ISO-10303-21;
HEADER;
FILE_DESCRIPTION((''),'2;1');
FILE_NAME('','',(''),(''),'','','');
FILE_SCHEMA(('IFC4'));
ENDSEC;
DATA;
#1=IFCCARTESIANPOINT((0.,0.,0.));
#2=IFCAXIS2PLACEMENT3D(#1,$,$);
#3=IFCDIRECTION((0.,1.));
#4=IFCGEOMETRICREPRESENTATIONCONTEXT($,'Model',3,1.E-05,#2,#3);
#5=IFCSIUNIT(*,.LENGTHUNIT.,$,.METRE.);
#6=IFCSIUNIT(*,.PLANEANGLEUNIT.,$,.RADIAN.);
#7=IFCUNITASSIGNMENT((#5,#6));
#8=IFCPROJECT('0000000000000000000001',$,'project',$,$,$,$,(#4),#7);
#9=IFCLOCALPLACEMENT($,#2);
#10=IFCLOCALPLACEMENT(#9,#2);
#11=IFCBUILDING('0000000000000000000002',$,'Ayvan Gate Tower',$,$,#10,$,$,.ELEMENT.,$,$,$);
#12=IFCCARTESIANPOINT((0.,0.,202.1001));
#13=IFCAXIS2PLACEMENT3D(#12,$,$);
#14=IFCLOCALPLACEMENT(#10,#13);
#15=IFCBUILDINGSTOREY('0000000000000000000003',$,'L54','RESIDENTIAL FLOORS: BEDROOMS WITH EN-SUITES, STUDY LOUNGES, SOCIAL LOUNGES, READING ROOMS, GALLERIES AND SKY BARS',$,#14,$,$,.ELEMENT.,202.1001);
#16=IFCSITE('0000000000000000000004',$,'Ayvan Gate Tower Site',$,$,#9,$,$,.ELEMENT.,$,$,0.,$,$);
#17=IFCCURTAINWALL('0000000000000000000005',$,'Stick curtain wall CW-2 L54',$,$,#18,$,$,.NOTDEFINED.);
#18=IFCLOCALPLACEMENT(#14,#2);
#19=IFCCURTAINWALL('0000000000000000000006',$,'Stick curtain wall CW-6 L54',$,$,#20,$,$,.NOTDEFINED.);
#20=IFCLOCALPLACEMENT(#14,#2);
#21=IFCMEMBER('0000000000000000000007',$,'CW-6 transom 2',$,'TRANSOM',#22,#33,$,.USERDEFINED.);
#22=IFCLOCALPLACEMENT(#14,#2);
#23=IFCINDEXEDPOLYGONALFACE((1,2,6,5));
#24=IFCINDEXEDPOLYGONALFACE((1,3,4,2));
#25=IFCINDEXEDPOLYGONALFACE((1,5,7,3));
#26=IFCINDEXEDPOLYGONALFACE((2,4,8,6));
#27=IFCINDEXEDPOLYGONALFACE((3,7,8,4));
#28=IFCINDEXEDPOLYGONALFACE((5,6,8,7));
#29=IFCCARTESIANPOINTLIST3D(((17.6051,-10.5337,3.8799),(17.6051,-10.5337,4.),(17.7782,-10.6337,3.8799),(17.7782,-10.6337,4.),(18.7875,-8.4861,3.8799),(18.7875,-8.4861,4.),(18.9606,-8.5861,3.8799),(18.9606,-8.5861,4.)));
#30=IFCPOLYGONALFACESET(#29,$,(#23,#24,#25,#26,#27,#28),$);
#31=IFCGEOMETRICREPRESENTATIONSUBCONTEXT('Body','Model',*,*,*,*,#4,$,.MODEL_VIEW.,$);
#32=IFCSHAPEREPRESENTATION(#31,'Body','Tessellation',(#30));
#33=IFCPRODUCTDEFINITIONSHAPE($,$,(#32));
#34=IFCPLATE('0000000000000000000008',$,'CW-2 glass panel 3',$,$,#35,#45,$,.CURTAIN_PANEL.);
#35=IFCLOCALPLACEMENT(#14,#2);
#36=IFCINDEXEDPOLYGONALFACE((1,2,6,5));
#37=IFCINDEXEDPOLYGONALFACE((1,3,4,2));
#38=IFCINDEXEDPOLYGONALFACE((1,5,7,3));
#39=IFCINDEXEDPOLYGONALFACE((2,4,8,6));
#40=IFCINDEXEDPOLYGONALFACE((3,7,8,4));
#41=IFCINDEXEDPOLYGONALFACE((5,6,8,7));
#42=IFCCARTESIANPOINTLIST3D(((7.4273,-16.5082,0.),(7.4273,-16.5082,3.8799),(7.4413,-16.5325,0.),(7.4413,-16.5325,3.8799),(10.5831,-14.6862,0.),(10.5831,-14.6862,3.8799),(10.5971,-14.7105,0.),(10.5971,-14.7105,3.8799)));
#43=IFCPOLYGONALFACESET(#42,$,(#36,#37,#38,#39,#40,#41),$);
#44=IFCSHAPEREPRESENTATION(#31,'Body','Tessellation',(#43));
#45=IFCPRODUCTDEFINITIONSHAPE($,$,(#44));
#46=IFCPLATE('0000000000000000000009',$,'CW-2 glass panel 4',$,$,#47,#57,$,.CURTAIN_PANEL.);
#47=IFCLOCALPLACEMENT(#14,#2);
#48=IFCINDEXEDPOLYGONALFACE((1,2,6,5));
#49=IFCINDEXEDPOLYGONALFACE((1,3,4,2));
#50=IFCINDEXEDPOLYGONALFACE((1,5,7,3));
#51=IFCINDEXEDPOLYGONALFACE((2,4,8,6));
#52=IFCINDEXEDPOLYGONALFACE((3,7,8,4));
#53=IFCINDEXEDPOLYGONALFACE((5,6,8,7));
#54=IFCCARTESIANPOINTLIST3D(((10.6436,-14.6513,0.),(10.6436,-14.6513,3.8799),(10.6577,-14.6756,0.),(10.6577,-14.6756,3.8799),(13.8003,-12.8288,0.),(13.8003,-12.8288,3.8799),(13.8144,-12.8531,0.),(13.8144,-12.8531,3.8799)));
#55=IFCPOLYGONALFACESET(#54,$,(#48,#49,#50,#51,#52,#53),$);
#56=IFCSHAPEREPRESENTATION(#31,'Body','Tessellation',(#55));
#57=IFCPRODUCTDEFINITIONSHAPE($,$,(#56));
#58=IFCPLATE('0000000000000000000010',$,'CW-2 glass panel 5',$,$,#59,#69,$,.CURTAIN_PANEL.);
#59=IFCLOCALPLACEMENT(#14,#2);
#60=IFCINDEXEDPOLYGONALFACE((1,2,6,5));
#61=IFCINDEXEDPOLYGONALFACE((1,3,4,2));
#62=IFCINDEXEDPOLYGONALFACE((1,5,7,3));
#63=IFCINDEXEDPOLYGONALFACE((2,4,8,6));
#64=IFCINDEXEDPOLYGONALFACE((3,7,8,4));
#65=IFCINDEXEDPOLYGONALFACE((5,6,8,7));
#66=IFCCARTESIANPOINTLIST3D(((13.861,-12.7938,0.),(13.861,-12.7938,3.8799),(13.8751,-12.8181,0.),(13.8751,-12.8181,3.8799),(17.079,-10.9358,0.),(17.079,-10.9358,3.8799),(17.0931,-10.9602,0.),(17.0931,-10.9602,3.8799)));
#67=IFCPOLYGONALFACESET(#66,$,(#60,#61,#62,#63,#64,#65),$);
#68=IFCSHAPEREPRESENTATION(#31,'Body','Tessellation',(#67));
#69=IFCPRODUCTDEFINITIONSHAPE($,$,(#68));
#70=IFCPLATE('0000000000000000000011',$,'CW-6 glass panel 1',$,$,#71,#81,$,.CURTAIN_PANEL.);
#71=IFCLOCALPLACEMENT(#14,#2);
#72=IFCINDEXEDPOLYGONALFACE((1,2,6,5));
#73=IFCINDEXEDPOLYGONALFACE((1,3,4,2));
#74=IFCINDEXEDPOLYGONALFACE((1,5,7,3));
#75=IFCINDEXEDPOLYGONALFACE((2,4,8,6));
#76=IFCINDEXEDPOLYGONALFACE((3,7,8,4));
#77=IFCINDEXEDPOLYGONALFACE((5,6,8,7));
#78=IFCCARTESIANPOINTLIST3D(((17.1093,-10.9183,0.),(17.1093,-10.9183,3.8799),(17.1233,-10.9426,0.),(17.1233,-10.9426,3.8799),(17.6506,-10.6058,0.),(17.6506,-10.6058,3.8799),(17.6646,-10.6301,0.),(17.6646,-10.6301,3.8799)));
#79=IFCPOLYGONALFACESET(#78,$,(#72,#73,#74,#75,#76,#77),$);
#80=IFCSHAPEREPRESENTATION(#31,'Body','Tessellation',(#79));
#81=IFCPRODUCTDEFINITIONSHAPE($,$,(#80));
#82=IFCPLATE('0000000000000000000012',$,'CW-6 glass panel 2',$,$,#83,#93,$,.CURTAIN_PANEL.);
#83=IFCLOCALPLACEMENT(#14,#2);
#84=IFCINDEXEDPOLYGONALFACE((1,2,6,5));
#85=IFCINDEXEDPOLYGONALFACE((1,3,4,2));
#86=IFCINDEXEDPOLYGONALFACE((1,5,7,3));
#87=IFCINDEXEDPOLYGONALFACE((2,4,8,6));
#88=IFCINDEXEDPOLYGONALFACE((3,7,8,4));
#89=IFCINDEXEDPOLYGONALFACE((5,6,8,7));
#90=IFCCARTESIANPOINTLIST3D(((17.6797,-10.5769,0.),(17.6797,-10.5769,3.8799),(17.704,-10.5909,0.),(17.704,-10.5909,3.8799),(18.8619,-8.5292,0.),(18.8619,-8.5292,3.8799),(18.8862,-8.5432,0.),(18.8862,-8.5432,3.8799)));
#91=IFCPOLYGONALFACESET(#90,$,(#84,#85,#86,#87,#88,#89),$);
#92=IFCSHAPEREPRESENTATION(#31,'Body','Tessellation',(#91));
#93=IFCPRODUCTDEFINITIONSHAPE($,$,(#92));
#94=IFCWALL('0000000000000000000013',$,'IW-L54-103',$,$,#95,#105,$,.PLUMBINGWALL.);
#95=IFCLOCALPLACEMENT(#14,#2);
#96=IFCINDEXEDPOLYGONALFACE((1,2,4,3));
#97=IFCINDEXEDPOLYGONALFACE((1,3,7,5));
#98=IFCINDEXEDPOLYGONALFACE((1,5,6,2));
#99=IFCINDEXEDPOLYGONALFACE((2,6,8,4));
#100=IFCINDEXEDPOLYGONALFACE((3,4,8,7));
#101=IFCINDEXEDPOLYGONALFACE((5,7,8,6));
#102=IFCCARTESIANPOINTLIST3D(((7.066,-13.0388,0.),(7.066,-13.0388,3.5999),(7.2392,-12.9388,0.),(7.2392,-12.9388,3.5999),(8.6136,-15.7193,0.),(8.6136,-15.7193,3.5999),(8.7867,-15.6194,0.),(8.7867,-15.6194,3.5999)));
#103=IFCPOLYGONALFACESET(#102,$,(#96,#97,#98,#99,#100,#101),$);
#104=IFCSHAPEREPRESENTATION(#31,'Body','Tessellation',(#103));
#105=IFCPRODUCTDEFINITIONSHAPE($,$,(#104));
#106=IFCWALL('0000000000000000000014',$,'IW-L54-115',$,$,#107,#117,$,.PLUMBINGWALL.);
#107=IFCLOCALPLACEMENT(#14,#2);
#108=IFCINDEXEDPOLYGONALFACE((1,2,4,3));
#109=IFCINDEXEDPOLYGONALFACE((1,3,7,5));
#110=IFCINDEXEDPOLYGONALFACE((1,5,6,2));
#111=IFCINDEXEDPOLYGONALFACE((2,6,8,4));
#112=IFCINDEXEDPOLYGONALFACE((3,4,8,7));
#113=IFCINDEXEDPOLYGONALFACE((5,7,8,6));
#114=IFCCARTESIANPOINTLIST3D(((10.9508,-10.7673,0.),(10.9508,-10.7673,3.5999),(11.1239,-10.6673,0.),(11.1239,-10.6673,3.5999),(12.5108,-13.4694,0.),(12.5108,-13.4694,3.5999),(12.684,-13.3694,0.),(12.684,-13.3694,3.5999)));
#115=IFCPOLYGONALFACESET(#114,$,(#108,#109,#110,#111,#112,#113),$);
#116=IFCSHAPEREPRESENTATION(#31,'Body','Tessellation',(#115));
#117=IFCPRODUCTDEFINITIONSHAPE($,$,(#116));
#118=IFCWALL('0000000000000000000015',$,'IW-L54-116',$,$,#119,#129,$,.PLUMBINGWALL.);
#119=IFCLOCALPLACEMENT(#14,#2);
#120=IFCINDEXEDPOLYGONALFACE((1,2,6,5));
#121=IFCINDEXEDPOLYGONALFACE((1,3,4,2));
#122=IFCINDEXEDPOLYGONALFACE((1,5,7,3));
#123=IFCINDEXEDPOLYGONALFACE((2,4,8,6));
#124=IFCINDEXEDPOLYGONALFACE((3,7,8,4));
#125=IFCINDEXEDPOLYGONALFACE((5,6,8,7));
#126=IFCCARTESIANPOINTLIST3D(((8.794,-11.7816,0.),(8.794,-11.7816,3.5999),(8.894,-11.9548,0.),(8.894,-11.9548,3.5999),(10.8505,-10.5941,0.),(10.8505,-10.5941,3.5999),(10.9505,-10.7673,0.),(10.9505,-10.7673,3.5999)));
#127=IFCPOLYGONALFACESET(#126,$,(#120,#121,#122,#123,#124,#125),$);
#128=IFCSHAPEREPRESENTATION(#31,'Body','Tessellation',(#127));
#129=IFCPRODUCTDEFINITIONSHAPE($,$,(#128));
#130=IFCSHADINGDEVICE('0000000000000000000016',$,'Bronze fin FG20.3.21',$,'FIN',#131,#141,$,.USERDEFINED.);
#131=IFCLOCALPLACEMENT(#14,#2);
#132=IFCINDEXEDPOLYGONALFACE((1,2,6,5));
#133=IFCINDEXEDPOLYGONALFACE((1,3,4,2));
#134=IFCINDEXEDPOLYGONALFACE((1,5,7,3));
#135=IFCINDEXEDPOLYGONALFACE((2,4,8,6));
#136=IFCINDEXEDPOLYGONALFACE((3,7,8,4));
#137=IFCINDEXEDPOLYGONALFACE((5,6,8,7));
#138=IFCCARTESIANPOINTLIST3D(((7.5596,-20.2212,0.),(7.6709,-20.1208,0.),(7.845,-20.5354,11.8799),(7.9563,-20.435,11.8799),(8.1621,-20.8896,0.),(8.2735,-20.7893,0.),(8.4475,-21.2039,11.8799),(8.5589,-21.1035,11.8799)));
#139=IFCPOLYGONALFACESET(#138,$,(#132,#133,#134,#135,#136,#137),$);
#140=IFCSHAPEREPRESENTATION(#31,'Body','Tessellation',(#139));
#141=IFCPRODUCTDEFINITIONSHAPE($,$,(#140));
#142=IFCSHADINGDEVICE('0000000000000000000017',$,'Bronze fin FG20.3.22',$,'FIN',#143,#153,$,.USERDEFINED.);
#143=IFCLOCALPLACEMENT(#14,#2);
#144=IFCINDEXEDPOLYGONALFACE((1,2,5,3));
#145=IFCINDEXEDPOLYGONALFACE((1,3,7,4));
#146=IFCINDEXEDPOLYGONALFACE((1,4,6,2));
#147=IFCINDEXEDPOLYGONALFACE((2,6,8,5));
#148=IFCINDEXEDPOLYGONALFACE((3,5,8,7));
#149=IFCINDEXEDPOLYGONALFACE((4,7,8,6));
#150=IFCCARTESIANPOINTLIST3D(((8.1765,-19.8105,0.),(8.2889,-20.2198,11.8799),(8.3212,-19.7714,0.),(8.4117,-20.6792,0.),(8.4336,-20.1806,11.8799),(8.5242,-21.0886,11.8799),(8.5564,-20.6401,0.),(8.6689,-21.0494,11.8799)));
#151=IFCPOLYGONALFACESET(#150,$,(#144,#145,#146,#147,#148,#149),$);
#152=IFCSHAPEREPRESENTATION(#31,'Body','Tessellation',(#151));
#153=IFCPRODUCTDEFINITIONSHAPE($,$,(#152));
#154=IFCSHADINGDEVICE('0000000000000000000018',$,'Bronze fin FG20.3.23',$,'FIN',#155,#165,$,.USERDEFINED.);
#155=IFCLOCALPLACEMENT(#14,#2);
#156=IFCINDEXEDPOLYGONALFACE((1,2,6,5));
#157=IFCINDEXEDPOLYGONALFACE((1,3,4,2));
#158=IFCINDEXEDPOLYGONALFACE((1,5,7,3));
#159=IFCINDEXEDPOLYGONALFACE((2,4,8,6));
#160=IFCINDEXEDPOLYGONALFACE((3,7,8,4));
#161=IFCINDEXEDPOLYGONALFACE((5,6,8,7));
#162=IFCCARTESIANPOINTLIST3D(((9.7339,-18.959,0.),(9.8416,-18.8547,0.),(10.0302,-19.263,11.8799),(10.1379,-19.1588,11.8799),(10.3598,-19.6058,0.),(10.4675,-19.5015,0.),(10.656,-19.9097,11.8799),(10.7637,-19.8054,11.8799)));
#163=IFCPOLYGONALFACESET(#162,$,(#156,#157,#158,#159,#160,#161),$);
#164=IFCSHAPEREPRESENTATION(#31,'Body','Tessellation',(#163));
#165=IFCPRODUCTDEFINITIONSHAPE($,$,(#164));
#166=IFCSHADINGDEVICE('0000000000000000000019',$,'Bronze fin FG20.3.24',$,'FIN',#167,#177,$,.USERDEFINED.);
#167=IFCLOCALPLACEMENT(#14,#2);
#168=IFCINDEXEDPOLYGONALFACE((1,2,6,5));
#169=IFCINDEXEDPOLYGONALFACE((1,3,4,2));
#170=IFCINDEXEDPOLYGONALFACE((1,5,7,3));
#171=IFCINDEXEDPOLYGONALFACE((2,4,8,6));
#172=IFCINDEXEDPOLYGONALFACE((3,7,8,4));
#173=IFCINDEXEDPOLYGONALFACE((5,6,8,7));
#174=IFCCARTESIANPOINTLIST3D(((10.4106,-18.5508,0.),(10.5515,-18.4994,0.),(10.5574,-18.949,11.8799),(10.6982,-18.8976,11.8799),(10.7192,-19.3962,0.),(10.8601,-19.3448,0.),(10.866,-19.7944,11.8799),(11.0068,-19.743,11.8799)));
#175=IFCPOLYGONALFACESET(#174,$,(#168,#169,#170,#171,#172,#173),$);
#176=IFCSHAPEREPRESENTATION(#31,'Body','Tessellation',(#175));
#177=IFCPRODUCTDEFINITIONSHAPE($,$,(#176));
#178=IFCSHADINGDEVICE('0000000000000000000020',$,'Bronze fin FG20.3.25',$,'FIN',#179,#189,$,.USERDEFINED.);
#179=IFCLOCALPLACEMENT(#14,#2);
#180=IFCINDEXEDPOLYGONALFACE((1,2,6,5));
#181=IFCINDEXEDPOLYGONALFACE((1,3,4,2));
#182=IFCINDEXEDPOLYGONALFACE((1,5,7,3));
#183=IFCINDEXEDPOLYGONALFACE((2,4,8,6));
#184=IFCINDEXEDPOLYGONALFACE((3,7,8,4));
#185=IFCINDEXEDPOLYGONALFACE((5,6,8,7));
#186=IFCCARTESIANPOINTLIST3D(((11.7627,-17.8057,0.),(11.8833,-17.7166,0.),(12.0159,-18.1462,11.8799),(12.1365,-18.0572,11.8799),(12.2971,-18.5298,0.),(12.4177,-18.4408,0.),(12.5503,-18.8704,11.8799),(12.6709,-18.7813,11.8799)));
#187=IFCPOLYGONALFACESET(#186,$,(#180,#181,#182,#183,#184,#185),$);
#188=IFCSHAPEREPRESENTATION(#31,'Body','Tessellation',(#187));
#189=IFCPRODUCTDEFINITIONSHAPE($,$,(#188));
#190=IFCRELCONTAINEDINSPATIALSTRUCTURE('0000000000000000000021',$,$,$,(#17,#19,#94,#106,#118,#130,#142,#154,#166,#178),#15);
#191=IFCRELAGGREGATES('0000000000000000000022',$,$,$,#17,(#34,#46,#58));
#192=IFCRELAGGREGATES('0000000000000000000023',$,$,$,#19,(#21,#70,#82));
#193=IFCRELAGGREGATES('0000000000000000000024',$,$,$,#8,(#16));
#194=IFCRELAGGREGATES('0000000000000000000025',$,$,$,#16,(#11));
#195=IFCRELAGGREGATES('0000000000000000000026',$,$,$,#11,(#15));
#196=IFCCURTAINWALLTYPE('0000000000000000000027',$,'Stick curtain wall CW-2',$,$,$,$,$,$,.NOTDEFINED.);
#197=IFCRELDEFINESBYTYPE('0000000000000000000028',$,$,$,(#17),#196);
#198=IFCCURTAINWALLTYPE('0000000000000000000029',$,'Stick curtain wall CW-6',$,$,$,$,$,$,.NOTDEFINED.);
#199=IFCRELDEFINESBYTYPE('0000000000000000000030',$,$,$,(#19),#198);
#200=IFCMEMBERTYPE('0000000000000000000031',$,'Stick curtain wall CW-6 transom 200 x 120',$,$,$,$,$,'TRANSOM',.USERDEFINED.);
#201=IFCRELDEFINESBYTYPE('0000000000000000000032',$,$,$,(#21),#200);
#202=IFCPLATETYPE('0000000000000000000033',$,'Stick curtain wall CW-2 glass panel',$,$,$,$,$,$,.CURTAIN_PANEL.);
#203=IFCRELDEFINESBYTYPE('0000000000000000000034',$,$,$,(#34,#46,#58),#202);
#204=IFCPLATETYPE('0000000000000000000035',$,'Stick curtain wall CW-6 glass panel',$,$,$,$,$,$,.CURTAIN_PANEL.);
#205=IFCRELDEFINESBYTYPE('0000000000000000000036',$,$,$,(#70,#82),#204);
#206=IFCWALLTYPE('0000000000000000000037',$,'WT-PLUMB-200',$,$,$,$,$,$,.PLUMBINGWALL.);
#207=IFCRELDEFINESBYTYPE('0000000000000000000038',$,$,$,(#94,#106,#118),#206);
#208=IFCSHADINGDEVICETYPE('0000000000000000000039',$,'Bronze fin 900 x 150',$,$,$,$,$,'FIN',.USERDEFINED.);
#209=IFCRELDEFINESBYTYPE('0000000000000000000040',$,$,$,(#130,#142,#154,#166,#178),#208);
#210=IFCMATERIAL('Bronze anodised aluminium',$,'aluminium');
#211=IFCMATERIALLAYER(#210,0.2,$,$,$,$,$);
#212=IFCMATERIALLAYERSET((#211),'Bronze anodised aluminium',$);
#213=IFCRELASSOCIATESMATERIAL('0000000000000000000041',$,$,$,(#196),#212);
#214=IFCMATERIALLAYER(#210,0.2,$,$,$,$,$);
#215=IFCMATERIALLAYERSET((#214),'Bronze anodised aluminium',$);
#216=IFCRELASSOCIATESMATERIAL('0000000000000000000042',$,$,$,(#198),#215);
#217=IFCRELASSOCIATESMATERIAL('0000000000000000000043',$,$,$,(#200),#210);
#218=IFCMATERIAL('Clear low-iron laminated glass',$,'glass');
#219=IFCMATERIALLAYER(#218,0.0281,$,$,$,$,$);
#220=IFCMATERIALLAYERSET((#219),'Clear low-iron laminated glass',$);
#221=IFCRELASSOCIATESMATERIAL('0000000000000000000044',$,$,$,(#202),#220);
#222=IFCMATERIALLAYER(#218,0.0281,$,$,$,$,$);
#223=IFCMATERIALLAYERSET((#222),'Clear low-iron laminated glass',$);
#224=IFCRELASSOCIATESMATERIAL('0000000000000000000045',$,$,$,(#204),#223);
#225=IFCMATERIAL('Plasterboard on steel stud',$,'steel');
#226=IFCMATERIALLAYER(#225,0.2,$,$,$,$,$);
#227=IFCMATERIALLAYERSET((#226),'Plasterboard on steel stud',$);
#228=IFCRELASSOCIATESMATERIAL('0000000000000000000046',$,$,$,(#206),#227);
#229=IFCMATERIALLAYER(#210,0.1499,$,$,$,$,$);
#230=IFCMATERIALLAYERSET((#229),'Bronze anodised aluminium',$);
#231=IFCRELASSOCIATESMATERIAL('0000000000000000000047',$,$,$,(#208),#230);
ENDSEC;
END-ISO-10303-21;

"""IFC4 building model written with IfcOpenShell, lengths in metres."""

from ifc_helpers import new_model, si_unit, direction, frame, frame_2d, origin, origin_2d, place, context, subcontext, project, spatial, polyline, rectangle, outline, extrude, material, layer, layer_set, material_profile, profile_set, type_object, element, aggregate, save


model = new_model("IFC4")

# Units and contexts
model_context = context("Model", 3, precision=1e-05, world=origin(), true_north=direction((0.0, 1.0)))
body_context = subcontext(model_context, "Body", "Model", "MODEL_VIEW")
ifc_project = project(units=[si_unit("LENGTHUNIT", "METRE"), si_unit("PLANEANGLEUNIT", "RADIAN")], contexts=[model_context])

# Site, building, storey
site_placement = place(None, origin())
site = spatial("IfcSite", under=ifc_project, at=site_placement, Name="Ayvan Gate Tower Site", CompositionType="ELEMENT", RefElevation=0.0)
building_placement = place(site_placement, origin())
building = spatial("IfcBuilding", under=site, at=building_placement, Name="Ayvan Gate Tower", CompositionType="ELEMENT")
storey_placement = place(building_placement, frame((0.0, 0.0, 202.1001)))
storey = spatial("IfcBuildingStorey", under=building, at=storey_placement, Name="L54", Description="RESIDENTIAL FLOORS: BEDROOMS WITH EN-SUITES, STUDY LOUNGES, SOCIAL LOUNGES, READING ROOMS, GALLERIES AND SKY BARS", CompositionType="ELEMENT", Elevation=202.1001)

# Curtain walls, member
ifc_material_1 = material(Name="Bronze anodised aluminium", Category="aluminium")
ifc_layer_1 = layer(ifc_material_1, 0.2)
ifc_layer_set_1 = layer_set([ifc_layer_1], Name="Bronze anodised aluminium")
curtain_wall_type_1 = type_object("IfcCurtainWallType", Name="Stick curtain wall CW-2", PredefinedType="NOTDEFINED", material=ifc_layer_set_1)
curtain_wall_1_placement = place(storey_placement, origin())
curtain_wall_1 = element("IfcCurtainWall", 1, at=curtain_wall_1_placement, inside=storey, type_object=curtain_wall_type_1, Name="Stick curtain wall CW-2 L54", PredefinedType="NOTDEFINED")
ifc_layer_2 = layer(ifc_material_1, 0.2)
ifc_layer_set_2 = layer_set([ifc_layer_2], Name="Bronze anodised aluminium")
curtain_wall_type_2 = type_object("IfcCurtainWallType", Name="Stick curtain wall CW-6", PredefinedType="NOTDEFINED", material=ifc_layer_set_2)
curtain_wall_2_placement = place(storey_placement, origin())
curtain_wall_2 = element("IfcCurtainWall", 2, at=curtain_wall_2_placement, inside=storey, type_object=curtain_wall_type_2, Name="Stick curtain wall CW-6 L54", PredefinedType="NOTDEFINED")
ifc_material_profile_1 = material_profile(ifc_material_1, rectangle(XDim=0.2, YDim=0.1201, at=origin_2d()), Name="Stick curtain wall CW-6 transom 200 x 120")
ifc_profile_set_1 = profile_set([ifc_material_profile_1], Name="Bronze anodised aluminium")
member_type_1 = type_object("IfcMemberType", Name="Stick curtain wall CW-6 transom 200 x 120", ElementType="TRANSOM", PredefinedType="USERDEFINED", material=ifc_profile_set_1)
member_1_placement = place(storey_placement, frame((17.6917, -10.5837, 3.9399), z_axis=(0.500059, 0.865991, 0.0), x_axis=(-0.865991, 0.500059, 0.0)))
member_1 = element("IfcMember", 3, at=member_1_placement, type_object=member_type_1, Name="CW-6 transom 2", ObjectType="TRANSOM", PredefinedType="USERDEFINED", context=body_context, shape_type="SweptSolid", body=[
    extrude(rectangle(XDim=0.2, YDim=0.1201, at=origin_2d()), origin(), (0.0, 0.0, 1.0), 2.3645),
])

# Plates
ifc_material_2 = material(Name="Clear low-iron laminated glass", Category="glass")
ifc_layer_3 = layer(ifc_material_2, 0.0281)
ifc_layer_set_3 = layer_set([ifc_layer_3], Name="Clear low-iron laminated glass")
plate_type_1 = type_object("IfcPlateType", Name="Stick curtain wall CW-2 glass panel", PredefinedType="CURTAIN_PANEL", material=ifc_layer_set_3)
plate_1_placement = place(storey_placement, frame((9.0122, -15.6094, 0.0), z_axis=(0.0, 0.0, 1.0), x_axis=(0.866025, 0.5, 0.0)))
plate_1 = element("IfcPlate", 4, at=plate_1_placement, type_object=plate_type_1, Name="CW-2 glass panel 3", PredefinedType="CURTAIN_PANEL", context=body_context, shape_type="SweptSolid", body=[
    extrude(rectangle(XDim=3.644, YDim=0.0281, at=origin_2d()), origin(), (0.0, 0.0, 1.0), 3.8799),
])
plate_2_placement = place(storey_placement, frame((12.229, -13.7522, 0.0), z_axis=(0.0, 0.0, 1.0), x_axis=(0.866025, 0.5, 0.0)))
plate_2 = element("IfcPlate", 5, at=plate_2_placement, type_object=plate_type_1, Name="CW-2 glass panel 4", PredefinedType="CURTAIN_PANEL", context=body_context, shape_type="SweptSolid", body=[
    extrude(rectangle(XDim=3.645, YDim=0.0281, at=origin_2d()), origin(), (0.0, 0.0, 1.0), 3.8799),
])
plate_3_placement = place(storey_placement, frame((15.4771, -11.877, 0.0), z_axis=(0.0, 0.0, 1.0), x_axis=(0.866025, 0.5, 0.0)))
plate_3 = element("IfcPlate", 6, at=plate_3_placement, type_object=plate_type_1, Name="CW-2 glass panel 5", PredefinedType="CURTAIN_PANEL", context=body_context, shape_type="SweptSolid", body=[
    extrude(rectangle(XDim=3.7158, YDim=0.0281, at=origin_2d()), origin(), (0.0, 0.0, 1.0), 3.8799),
])
aggregate(curtain_wall_1, [plate_1, plate_2, plate_3])
ifc_layer_4 = layer(ifc_material_2, 0.0281)
ifc_layer_set_4 = layer_set([ifc_layer_4], Name="Clear low-iron laminated glass")
plate_type_2 = type_object("IfcPlateType", Name="Stick curtain wall CW-6 glass panel", PredefinedType="CURTAIN_PANEL", material=ifc_layer_set_4)
plate_4_placement = place(storey_placement, frame((17.387, -10.7742, 0.0), z_axis=(0.0, 0.0, 1.0), x_axis=(0.866025, 0.5, 0.0)))
plate_4 = element("IfcPlate", 7, at=plate_4_placement, type_object=plate_type_2, Name="CW-6 glass panel 1", PredefinedType="CURTAIN_PANEL", context=body_context, shape_type="SweptSolid", body=[
    extrude(rectangle(XDim=0.625, YDim=0.0281, at=origin_2d()), origin(), (0.0, 0.0, 1.0), 3.8799),
])
plate_5_placement = place(storey_placement, frame((18.283, -9.5601, 0.0), z_axis=(0.0, 0.0, 1.0), x_axis=(0.5, 0.866025, 0.0)))
plate_5 = element("IfcPlate", 8, at=plate_5_placement, type_object=plate_type_2, Name="CW-6 glass panel 2", PredefinedType="CURTAIN_PANEL", context=body_context, shape_type="SweptSolid", body=[
    extrude(rectangle(XDim=2.3645, YDim=0.0281, at=origin_2d()), origin(), (0.0, 0.0, 1.0), 3.8799),
])
aggregate(curtain_wall_2, [member_1, plate_4, plate_5])

# Walls
ifc_material_3 = material(Name="Plasterboard on steel stud", Category="steel")
ifc_layer_5 = layer(ifc_material_3, 0.2)
ifc_layer_set_5 = layer_set([ifc_layer_5], Name="Plasterboard on steel stud")
wall_type = type_object("IfcWallType", Name="WT-PLUMB-200", PredefinedType="PLUMBINGWALL", material=ifc_layer_set_5)
wall_1_placement = place(storey_placement, frame((7.1526, -12.9888, 0.0), z_axis=(0.0, 0.0, 1.0), x_axis=(0.499982, -0.866036, 0.0)))
element("IfcWall", 9, at=wall_1_placement, inside=storey, type_object=wall_type, Name="IW-L54-103", PredefinedType="PLUMBINGWALL", context=body_context, shape_type="SweptSolid", body=[
    extrude(rectangle(XDim=3.0952, YDim=0.2, at=frame_2d((1.5476, 0.0))), origin(), (0.0, 0.0, 1.0), 3.5999),
])
wall_2_placement = place(storey_placement, frame((11.0374, -10.7173, 0.0), z_axis=(0.0, 0.0, 1.0), x_axis=(0.499993, -0.866029, 0.0)))
element("IfcWall", 10, at=wall_2_placement, inside=storey, type_object=wall_type, Name="IW-L54-115", PredefinedType="PLUMBINGWALL", context=body_context, shape_type="SweptSolid", body=[
    extrude(rectangle(XDim=3.1201, YDim=0.2, at=frame_2d((1.5601, 0.0))), origin(), (0.0, 0.0, 1.0), 3.5999),
])
wall_3_placement = place(storey_placement, frame((10.9006, -10.6807, 0.0), z_axis=(0.0, 0.0, 1.0), x_axis=(-0.866008, -0.500031, 0.0)))
element("IfcWall", 11, at=wall_3_placement, inside=storey, type_object=wall_type, Name="IW-L54-116", PredefinedType="PLUMBINGWALL", context=body_context, shape_type="SweptSolid", body=[
    extrude(rectangle(XDim=2.3748, YDim=0.2, at=frame_2d((1.1875, 0.0))), origin(), (0.0, 0.0, 1.0), 3.5999),
])

# Shading devices
ifc_layer_6 = layer(ifc_material_1, 0.1499)
ifc_layer_set_6 = layer_set([ifc_layer_6], Name="Bronze anodised aluminium")
shading_device_type = type_object("IfcShadingDeviceType", Name="Bronze fin 900 x 150", ElementType="FIN", PredefinedType="USERDEFINED", material=ifc_layer_set_6)
shading_device_1_placement = place(storey_placement, frame((7.5596, -20.2212, 0.0), z_axis=(-0.742781, -0.669534, 0.000136), x_axis=(0.669534, -0.742781, 0.0)))
element("IfcShadingDevice", 12, at=shading_device_1_placement, inside=storey, type_object=shading_device_type, Name="Bronze fin FG20.3.21", ObjectType="FIN", PredefinedType="USERDEFINED", context=body_context, shape_type="SweptSolid", body=[
    extrude(outline(polyline([(0.0, 0.0), (0.8999, 0.0), (1.3244, 11.8799), (0.4245, 11.8799), (0.0, 0.0)])), origin(), (0.0, 0.0, -1.0), 0.1499),
])
shading_device_2_placement = place(storey_placement, frame((8.1765, -19.8105, 0.0), z_axis=(-0.965244, -0.26135, 0.00013), x_axis=(0.26135, -0.965244, 0.0)))
element("IfcShadingDevice", 13, at=shading_device_2_placement, inside=storey, type_object=shading_device_type, Name="Bronze fin FG20.3.22", ObjectType="FIN", PredefinedType="USERDEFINED", context=body_context, shape_type="SweptSolid", body=[
    extrude(outline(polyline([(0.0, 0.0), (0.9, 0.0), (1.3245, 11.8799), (0.4244, 11.8799), (0.0, 0.0)])), origin(), (0.0, 0.0, -1.0), 0.1499),
])
shading_device_3_placement = place(storey_placement, frame((9.7339, -18.959, 0.0), z_axis=(-0.718609, -0.695415, 0.000128), x_axis=(0.695415, -0.718609, 0.0)))
element("IfcShadingDevice", 14, at=shading_device_3_placement, inside=storey, type_object=shading_device_type, Name="Bronze fin FG20.3.23", ObjectType="FIN", PredefinedType="USERDEFINED", context=body_context, shape_type="SweptSolid", body=[
    extrude(outline(polyline([(0.0, 0.0), (0.9001, 0.0), (1.3244, 11.8799), (0.4245, 11.8799), (0.0, 0.0)])), origin(), (0.0, 0.0, -1.0), 0.1499),
])
shading_device_4_placement = place(storey_placement, frame((10.4106, -18.5508, 0.0), z_axis=(-0.939381, -0.342875, 0.00011), x_axis=(0.342875, -0.939381, 0.0)))
element("IfcShadingDevice", 15, at=shading_device_4_placement, inside=storey, type_object=shading_device_type, Name="Bronze fin FG20.3.24", ObjectType="FIN", PredefinedType="USERDEFINED", context=body_context, shape_type="SweptSolid", body=[
    extrude(outline(polyline([(0.0, 0.0), (0.9, 0.0), (1.3244, 11.8799), (0.4244, 11.8799), (0.0, 0.0)])), origin(), (0.0, 0.0, -1.0), 0.1499),
])
shading_device_5_placement = place(storey_placement, frame((11.7627, -17.8057, 0.0), z_axis=(-0.804599, -0.593819, 0.000123), x_axis=(0.593819, -0.804599, 0.0)))
element("IfcShadingDevice", 16, at=shading_device_5_placement, inside=storey, type_object=shading_device_type, Name="Bronze fin FG20.3.25", ObjectType="FIN", PredefinedType="USERDEFINED", context=body_context, shape_type="SweptSolid", body=[
    extrude(outline(polyline([(0.0, 0.0), (0.9, 0.0), (1.3243, 11.8799), (0.4244, 11.8799), (0.0, 0.0)])), origin(), (0.0, 0.0, -1.0), 0.1499),
])

save(model, "model.ifc")
